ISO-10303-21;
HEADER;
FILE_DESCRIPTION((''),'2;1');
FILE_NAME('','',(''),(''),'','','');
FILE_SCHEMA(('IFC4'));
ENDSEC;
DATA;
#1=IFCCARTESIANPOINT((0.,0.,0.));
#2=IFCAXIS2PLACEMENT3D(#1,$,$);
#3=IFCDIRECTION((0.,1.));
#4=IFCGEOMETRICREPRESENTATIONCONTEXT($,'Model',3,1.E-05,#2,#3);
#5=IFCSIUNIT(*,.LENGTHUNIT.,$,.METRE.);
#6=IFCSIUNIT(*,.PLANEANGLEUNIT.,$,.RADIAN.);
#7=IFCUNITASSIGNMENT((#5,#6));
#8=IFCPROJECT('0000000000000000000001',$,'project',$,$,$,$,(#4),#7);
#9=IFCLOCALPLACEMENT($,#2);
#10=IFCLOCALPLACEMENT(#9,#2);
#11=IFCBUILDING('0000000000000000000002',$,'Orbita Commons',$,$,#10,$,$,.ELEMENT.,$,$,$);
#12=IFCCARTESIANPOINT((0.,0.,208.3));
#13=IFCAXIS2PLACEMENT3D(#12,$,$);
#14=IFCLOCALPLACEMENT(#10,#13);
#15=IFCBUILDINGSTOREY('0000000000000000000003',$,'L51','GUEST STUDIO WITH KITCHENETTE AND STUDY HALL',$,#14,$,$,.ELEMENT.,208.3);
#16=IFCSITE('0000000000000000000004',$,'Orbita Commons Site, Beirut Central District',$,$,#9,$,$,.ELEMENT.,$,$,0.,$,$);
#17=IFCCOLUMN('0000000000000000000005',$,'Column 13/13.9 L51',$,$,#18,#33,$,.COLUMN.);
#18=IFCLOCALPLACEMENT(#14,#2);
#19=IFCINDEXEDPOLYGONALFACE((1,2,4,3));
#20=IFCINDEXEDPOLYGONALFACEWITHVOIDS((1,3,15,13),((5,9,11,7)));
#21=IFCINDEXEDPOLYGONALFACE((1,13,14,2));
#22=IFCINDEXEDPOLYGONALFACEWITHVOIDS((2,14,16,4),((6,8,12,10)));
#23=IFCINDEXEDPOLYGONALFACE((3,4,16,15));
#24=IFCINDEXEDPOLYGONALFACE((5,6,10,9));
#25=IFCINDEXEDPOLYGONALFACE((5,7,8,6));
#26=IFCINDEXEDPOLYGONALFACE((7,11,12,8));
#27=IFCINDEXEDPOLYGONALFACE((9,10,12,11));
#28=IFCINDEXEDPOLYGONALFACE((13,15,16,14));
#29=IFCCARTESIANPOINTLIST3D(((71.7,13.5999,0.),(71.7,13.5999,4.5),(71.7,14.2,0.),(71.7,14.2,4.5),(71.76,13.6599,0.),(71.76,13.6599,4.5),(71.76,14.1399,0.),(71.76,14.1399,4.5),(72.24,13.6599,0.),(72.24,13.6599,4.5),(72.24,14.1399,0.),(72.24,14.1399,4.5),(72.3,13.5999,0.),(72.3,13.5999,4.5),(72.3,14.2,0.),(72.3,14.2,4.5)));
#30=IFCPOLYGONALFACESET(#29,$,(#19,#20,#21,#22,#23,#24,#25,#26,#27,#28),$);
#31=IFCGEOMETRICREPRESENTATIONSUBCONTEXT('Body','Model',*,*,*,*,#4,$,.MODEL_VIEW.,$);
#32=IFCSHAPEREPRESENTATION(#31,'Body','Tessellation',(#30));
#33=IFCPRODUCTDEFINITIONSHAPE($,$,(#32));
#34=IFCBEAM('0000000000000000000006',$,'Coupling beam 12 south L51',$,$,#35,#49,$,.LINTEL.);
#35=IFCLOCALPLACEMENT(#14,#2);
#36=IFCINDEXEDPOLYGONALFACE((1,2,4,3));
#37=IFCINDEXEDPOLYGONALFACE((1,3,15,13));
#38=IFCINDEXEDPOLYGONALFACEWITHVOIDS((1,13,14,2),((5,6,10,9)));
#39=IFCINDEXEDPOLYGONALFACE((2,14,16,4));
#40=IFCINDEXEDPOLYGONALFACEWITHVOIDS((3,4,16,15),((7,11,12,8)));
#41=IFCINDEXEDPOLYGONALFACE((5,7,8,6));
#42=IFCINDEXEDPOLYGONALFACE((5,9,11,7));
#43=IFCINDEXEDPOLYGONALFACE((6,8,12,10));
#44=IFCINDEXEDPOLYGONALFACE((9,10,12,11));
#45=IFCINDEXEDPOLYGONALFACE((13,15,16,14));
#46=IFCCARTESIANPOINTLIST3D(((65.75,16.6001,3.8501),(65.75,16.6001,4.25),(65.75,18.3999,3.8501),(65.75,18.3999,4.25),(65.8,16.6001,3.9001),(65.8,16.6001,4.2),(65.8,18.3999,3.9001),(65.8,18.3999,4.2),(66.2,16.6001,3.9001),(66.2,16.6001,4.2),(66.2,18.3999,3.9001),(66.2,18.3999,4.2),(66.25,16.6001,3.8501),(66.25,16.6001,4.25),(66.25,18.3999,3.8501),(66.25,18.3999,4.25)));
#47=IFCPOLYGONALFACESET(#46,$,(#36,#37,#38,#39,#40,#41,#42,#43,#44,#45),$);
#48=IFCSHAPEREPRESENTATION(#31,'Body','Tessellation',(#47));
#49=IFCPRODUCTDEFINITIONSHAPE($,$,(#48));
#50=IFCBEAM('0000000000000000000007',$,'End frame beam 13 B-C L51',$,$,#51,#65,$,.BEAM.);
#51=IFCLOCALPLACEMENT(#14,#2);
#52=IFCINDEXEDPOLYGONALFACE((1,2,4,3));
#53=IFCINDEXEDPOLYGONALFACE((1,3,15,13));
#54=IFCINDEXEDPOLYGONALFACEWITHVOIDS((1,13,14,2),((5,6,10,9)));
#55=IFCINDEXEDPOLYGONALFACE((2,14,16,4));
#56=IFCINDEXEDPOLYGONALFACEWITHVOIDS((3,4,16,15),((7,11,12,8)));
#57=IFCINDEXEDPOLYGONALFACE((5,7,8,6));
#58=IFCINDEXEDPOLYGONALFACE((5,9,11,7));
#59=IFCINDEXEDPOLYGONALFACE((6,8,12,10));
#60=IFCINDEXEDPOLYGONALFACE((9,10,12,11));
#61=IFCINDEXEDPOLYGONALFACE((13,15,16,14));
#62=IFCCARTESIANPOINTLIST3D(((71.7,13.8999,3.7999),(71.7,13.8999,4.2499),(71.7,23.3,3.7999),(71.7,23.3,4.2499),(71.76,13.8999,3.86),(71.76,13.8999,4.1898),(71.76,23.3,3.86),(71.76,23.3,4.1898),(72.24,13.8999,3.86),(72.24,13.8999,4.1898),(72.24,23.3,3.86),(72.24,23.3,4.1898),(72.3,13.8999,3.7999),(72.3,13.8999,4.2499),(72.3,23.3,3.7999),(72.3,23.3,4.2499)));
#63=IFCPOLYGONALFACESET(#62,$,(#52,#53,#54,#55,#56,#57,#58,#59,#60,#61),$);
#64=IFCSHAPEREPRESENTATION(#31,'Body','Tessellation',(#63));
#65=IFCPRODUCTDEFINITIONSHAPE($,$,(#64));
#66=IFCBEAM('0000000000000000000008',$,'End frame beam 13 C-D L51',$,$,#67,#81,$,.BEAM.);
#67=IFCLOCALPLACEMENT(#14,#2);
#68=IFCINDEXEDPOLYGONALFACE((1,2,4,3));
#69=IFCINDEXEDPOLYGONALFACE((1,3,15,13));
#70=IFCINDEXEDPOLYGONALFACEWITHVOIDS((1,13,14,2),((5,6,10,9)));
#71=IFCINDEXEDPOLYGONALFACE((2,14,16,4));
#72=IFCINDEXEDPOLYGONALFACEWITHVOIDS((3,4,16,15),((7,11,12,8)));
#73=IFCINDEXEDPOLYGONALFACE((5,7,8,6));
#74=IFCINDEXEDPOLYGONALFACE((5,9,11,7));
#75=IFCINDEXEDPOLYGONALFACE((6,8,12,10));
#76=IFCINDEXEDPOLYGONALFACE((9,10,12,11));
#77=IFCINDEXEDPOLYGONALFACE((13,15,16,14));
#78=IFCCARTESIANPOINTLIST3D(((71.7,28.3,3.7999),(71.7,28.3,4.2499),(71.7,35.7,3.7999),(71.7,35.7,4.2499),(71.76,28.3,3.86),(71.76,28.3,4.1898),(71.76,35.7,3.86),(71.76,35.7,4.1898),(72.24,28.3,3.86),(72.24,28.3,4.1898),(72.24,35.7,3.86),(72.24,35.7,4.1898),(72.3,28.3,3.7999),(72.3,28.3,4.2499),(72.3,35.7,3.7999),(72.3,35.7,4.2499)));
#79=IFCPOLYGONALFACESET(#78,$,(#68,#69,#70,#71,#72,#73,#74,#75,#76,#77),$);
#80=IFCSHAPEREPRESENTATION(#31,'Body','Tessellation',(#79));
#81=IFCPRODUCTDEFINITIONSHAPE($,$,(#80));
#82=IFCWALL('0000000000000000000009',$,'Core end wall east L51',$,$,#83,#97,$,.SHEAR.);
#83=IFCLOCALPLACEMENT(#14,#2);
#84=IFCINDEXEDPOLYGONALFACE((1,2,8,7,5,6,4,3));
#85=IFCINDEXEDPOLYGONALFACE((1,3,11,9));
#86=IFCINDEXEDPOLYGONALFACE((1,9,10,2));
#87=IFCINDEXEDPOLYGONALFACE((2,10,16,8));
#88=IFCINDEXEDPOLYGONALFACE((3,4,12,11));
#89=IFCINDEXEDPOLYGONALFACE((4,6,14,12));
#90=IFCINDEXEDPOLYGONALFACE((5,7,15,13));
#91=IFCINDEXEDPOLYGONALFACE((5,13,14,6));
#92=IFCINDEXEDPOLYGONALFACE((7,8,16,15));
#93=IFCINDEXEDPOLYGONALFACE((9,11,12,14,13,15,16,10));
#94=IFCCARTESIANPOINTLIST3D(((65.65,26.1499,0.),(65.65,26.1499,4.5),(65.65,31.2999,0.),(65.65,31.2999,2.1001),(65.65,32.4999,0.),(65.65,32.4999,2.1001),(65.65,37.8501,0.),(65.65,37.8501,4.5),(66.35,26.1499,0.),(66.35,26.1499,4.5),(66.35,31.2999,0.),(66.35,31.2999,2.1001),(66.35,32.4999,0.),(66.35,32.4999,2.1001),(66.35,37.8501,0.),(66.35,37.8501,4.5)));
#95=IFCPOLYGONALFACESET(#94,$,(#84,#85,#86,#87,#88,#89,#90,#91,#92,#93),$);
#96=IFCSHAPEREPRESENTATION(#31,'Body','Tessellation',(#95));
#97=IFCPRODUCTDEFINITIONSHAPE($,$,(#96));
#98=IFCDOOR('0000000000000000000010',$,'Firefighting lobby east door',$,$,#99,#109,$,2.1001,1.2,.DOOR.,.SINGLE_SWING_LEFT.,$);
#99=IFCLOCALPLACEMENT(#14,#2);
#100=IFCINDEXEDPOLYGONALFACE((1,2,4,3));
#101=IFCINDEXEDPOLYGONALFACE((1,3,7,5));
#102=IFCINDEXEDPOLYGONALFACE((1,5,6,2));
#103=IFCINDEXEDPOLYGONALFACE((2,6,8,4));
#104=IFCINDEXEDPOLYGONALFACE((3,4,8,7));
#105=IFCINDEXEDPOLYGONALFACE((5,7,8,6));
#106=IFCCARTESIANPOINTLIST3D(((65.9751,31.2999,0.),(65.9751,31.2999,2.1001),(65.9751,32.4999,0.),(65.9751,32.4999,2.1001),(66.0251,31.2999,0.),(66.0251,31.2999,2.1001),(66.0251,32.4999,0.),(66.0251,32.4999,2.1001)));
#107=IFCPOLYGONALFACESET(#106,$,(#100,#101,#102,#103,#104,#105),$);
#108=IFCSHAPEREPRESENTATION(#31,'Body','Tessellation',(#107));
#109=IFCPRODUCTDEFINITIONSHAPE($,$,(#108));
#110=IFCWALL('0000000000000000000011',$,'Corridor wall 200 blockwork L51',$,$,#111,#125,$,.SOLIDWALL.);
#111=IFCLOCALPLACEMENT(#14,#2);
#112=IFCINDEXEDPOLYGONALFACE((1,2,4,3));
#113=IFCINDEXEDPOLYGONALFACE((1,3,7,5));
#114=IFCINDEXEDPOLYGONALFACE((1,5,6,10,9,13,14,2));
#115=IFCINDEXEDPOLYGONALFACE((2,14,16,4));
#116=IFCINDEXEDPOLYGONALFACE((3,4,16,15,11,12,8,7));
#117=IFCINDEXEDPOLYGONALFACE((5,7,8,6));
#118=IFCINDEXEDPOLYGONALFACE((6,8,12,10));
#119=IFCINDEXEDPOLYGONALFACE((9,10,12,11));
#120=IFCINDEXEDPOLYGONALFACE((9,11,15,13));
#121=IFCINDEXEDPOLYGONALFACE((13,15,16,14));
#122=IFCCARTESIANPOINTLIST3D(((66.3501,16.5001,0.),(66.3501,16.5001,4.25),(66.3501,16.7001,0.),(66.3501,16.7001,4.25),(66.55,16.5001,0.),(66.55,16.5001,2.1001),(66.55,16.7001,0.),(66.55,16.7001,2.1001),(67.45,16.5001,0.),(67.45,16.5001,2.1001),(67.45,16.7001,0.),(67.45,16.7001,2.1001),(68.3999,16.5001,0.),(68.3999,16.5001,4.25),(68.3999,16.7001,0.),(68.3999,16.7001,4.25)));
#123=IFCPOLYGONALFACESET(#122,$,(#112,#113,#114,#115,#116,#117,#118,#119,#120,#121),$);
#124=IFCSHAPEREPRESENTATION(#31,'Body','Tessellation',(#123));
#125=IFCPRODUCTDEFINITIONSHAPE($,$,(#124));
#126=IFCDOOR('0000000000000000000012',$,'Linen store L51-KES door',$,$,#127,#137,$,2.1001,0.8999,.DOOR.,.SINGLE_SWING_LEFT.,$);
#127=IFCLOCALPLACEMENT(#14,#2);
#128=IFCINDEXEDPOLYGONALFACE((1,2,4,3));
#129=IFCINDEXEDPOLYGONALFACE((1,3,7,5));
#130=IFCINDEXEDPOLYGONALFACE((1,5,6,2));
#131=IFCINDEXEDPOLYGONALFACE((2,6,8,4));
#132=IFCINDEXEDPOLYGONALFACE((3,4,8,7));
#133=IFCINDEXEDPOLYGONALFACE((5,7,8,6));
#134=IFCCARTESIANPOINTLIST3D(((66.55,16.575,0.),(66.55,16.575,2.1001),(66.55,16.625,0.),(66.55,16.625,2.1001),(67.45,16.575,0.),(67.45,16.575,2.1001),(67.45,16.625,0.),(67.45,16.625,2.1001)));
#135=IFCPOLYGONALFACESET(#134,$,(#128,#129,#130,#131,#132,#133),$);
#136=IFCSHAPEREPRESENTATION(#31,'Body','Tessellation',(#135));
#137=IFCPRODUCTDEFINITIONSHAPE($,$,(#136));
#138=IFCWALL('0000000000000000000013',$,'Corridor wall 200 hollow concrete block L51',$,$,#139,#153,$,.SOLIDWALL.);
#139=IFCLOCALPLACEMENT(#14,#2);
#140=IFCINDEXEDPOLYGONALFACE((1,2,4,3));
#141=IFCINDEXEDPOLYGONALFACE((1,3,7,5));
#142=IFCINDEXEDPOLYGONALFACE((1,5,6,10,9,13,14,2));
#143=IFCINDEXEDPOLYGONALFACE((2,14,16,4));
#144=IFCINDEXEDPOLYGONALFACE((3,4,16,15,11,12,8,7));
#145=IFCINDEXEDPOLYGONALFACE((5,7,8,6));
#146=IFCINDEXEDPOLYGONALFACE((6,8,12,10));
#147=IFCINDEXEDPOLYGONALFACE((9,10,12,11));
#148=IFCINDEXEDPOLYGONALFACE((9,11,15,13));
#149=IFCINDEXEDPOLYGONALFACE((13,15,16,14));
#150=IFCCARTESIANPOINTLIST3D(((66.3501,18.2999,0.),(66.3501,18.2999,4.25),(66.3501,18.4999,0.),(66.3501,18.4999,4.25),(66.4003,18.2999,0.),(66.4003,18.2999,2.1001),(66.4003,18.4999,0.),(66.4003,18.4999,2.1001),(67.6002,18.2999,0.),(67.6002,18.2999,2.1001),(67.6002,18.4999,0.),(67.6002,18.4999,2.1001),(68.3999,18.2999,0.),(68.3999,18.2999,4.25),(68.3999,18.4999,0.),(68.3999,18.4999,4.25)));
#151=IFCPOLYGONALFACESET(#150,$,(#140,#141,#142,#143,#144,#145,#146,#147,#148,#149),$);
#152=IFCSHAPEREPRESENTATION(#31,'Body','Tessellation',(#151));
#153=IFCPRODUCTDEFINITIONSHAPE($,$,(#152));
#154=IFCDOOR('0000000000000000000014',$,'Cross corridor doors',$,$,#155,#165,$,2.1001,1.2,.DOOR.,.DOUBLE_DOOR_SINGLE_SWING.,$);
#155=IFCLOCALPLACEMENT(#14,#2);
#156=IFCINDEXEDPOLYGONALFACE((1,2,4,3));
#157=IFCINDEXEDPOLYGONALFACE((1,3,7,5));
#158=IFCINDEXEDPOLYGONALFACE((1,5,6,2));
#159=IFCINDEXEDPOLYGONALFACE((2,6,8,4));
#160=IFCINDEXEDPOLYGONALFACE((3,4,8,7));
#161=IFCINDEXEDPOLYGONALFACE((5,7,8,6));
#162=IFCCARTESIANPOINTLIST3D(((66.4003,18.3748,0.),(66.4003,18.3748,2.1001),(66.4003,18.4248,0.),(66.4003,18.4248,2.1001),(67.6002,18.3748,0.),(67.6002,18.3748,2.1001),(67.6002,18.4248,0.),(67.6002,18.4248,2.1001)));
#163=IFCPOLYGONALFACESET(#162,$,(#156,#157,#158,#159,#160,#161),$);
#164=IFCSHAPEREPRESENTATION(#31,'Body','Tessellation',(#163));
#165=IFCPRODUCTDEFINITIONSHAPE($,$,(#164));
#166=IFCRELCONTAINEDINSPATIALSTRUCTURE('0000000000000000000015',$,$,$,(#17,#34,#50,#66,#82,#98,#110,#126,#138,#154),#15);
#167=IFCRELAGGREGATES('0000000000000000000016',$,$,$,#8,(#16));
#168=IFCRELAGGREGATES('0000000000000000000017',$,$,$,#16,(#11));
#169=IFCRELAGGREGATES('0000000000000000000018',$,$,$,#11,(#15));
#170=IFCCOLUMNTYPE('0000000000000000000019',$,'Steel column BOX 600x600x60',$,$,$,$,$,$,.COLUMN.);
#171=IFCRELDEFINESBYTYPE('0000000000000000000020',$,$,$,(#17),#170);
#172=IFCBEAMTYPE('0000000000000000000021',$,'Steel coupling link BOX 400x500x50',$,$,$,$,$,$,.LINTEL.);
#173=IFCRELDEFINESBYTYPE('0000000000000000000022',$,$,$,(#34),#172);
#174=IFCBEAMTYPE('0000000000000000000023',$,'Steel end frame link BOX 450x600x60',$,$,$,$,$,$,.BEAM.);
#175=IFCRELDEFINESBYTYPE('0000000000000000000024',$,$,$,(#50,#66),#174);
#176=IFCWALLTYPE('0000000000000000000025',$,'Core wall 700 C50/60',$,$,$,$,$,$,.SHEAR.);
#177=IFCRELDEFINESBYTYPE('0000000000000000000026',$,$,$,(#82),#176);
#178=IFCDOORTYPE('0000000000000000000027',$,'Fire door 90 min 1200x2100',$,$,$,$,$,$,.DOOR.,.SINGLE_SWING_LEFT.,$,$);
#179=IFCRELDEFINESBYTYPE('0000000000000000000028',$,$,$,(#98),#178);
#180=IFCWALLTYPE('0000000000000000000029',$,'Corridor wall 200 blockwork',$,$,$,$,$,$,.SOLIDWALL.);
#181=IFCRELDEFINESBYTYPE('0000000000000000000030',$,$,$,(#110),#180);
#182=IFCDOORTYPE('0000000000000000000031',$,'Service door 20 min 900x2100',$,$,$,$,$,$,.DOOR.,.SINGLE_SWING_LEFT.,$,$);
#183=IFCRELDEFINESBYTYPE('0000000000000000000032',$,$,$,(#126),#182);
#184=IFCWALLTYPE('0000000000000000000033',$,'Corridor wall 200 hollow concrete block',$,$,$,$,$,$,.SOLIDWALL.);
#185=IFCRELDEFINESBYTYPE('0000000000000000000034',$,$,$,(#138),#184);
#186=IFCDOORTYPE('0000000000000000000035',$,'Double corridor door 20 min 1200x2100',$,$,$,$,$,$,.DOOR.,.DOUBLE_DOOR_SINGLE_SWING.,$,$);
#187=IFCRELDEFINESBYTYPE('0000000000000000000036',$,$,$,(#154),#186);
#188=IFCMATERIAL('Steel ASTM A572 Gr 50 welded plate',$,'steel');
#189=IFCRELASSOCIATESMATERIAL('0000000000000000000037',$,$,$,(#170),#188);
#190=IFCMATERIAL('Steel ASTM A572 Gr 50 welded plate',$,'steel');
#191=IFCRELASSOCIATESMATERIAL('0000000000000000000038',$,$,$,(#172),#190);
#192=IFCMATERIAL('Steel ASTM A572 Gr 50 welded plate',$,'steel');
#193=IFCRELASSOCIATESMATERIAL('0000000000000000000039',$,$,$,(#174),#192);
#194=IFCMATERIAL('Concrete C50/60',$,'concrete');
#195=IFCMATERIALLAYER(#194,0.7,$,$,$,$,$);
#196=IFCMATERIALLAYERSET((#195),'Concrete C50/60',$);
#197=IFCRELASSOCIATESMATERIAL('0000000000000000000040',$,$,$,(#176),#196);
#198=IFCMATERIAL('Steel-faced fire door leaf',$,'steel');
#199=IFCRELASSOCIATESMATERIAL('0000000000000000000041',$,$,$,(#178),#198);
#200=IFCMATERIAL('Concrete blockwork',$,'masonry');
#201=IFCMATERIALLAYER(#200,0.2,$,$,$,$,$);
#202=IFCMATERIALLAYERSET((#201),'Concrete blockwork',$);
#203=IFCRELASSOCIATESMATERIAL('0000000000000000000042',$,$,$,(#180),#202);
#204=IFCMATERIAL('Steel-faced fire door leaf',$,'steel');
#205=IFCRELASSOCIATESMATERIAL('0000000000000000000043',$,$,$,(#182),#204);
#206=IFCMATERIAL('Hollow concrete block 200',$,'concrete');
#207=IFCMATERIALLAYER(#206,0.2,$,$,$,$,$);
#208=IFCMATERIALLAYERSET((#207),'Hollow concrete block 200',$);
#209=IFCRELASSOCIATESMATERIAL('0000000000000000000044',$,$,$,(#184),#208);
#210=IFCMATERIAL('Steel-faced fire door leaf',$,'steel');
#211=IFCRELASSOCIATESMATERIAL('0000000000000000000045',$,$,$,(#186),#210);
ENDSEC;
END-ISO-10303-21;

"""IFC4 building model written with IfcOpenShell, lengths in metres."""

from ifc_helpers import new_model, si_unit, direction, frame, frame_2d, origin, origin_2d, place, context, subcontext, project, spatial, rectangle, hollow_rectangle, extrude, material, layer, layer_set, material_profile, profile_set, type_object, element, fill, save


model = new_model("IFC4")

# Units and contexts
model_context = context("Model", 3, precision=1e-05, world=origin(), true_north=direction((0.0, 1.0)))
body_context = subcontext(model_context, "Body", "Model", "MODEL_VIEW")
ifc_project = project(units=[si_unit("LENGTHUNIT", "METRE"), si_unit("PLANEANGLEUNIT", "RADIAN")], contexts=[model_context])

# Site, building, storey
site_placement = place(None, origin())
site = spatial("IfcSite", under=ifc_project, at=site_placement, Name="Orbita Commons Site, Beirut Central District", CompositionType="ELEMENT", RefElevation=0.0)
building_placement = place(site_placement, origin())
building = spatial("IfcBuilding", under=site, at=building_placement, Name="Orbita Commons", CompositionType="ELEMENT")
storey_placement = place(building_placement, frame((0.0, 0.0, 208.3)))
storey = spatial("IfcBuildingStorey", under=building, at=storey_placement, Name="L51", Description="GUEST STUDIO WITH KITCHENETTE AND STUDY HALL", CompositionType="ELEMENT", Elevation=208.3)

# Column
ifc_material_1 = material(Name="Steel ASTM A572 Gr 50 welded plate", Category="steel")
ifc_material_profile_1 = material_profile(ifc_material_1, hollow_rectangle(XDim=0.6001, YDim=0.6001, WallThickness=0.0601, at=origin_2d()), Name="BOX 600x600x60")
ifc_profile_set_1 = profile_set([ifc_material_profile_1], Name="Steel ASTM A572 Gr 50 welded plate")
column_type = type_object("IfcColumnType", Name="Steel column BOX 600x600x60", PredefinedType="COLUMN", material=ifc_profile_set_1)
column_placement = place(storey_placement, frame((72.0, 13.8999, 0.0), z_axis=(0.0, 0.0, 1.0), x_axis=(1.0, 0.0, 0.0)))
element("IfcColumn", 1, at=column_placement, inside=storey, type_object=column_type, Name="Column 13/13.9 L51", PredefinedType="COLUMN", context=body_context, shape_type="SweptSolid", body=[
    extrude(hollow_rectangle(XDim=0.6001, YDim=0.6001, WallThickness=0.0601, at=origin_2d()), origin(), (0.0, 0.0, 1.0), 4.5),
])

# Beams
ifc_material_2 = material(Name="Steel ASTM A572 Gr 50 welded plate", Category="steel")
ifc_material_profile_2 = material_profile(ifc_material_2, hollow_rectangle(XDim=0.5, YDim=0.3999, WallThickness=0.05, at=origin_2d()), Name="BOX 400x500x50")
ifc_profile_set_2 = profile_set([ifc_material_profile_2], Name="Steel ASTM A572 Gr 50 welded plate")
beam_type_1 = type_object("IfcBeamType", Name="Steel coupling link BOX 400x500x50", PredefinedType="LINTEL", material=ifc_profile_set_2)
beam_1_placement = place(storey_placement, frame((66.0, 16.6001, 4.05), z_axis=(0.0, 1.0, 0.0), x_axis=(-1.0, 0.0, 0.0)))
element("IfcBeam", 2, at=beam_1_placement, inside=storey, type_object=beam_type_1, Name="Coupling beam 12 south L51", PredefinedType="LINTEL", context=body_context, shape_type="SweptSolid", body=[
    extrude(hollow_rectangle(XDim=0.5, YDim=0.3999, WallThickness=0.05, at=origin_2d()), origin(), (0.0, 0.0, 1.0), 1.7998),
])
ifc_material_3 = material(Name="Steel ASTM A572 Gr 50 welded plate", Category="steel")
ifc_material_profile_3 = material_profile(ifc_material_3, hollow_rectangle(XDim=0.6001, YDim=0.45, WallThickness=0.0601, at=origin_2d()), Name="BOX 450x600x60")
ifc_profile_set_3 = profile_set([ifc_material_profile_3], Name="Steel ASTM A572 Gr 50 welded plate")
beam_type_2 = type_object("IfcBeamType", Name="Steel end frame link BOX 450x600x60", PredefinedType="BEAM", material=ifc_profile_set_3)
beam_2_placement = place(storey_placement, frame((72.0, 13.8999, 4.0249), z_axis=(0.0, 1.0, 0.0), x_axis=(-1.0, 0.0, 0.0)))
element("IfcBeam", 3, at=beam_2_placement, inside=storey, type_object=beam_type_2, Name="End frame beam 13 B-C L51", PredefinedType="BEAM", context=body_context, shape_type="SweptSolid", body=[
    extrude(hollow_rectangle(XDim=0.6001, YDim=0.45, WallThickness=0.0601, at=origin_2d()), origin(), (0.0, 0.0, 1.0), 9.4001),
])
beam_3_placement = place(storey_placement, frame((72.0, 28.3, 4.0249), z_axis=(0.0, 1.0, 0.0), x_axis=(-1.0, 0.0, 0.0)))
element("IfcBeam", 4, at=beam_3_placement, inside=storey, type_object=beam_type_2, Name="End frame beam 13 C-D L51", PredefinedType="BEAM", context=body_context, shape_type="SweptSolid", body=[
    extrude(hollow_rectangle(XDim=0.6001, YDim=0.45, WallThickness=0.0601, at=origin_2d()), origin(), (0.0, 0.0, 1.0), 7.3999),
])

# Walls, openings, doors
ifc_material_4 = material(Name="Concrete C50/60", Category="concrete")
ifc_layer_1 = layer(ifc_material_4, 0.7)
ifc_layer_set_1 = layer_set([ifc_layer_1], Name="Concrete C50/60")
wall_type_1 = type_object("IfcWallType", Name="Core wall 700 C50/60", PredefinedType="SHEAR", material=ifc_layer_set_1)
wall_1_placement = place(storey_placement, frame((66.0, 26.1499, 0.0), z_axis=(0.0, 0.0, 1.0), x_axis=(0.0, 1.0, 0.0)))
wall_1 = element("IfcWall", 5, at=wall_1_placement, inside=storey, type_object=wall_type_1, Name="Core end wall east L51", PredefinedType="SHEAR", context=body_context, shape_type="SweptSolid", body=[
    extrude(rectangle(XDim=11.7002, YDim=0.7, at=frame_2d((5.8501, 0.0))), origin(), (0.0, 0.0, 1.0), 4.5),
])
opening_1_placement = place(wall_1_placement, frame((5.1499, 0.0, 0.0)))
opening_1 = element("IfcOpeningElement", 6, at=opening_1_placement, cuts=wall_1, PredefinedType="OPENING", context=body_context, shape_type="SweptSolid", body=[
    extrude(rectangle(XDim=1.2, YDim=2.1001, at=frame_2d((0.6001, 1.05))), frame((0.0, 0.3599, 0.0), z_axis=(0.0, -1.0, 0.0), x_axis=(1.0, 0.0, 0.0)), (0.0, 0.0, 1.0), 0.72),
])
ifc_material_5 = material(Name="Steel-faced fire door leaf", Category="steel")
door_type_1 = type_object("IfcDoorType", Name="Fire door 90 min 1200x2100", OperationType="SINGLE_SWING_LEFT", PredefinedType="DOOR", material=ifc_material_5)
door_1_placement = place(opening_1_placement, origin())
door_1 = element("IfcDoor", 7, at=door_1_placement, inside=storey, type_object=door_type_1, Name="Firefighting lobby east door", OperationType="SINGLE_SWING_LEFT", OverallHeight=2.1001, OverallWidth=1.2, PredefinedType="DOOR", context=body_context, shape_type="SweptSolid", body=[
    extrude(rectangle(XDim=1.2, YDim=2.1001, at=frame_2d((0.6001, 1.05))), frame((0.0, 0.0249, 0.0), z_axis=(0.0, -1.0, 0.0), x_axis=(1.0, 0.0, 0.0)), (0.0, 0.0, 1.0), 0.05),
])
fill(opening_1, door_1)
ifc_material_6 = material(Name="Concrete blockwork", Category="masonry")
ifc_layer_2 = layer(ifc_material_6, 0.2)
ifc_layer_set_2 = layer_set([ifc_layer_2], Name="Concrete blockwork")
wall_type_2 = type_object("IfcWallType", Name="Corridor wall 200 blockwork", PredefinedType="SOLIDWALL", material=ifc_layer_set_2)
wall_2_placement = place(storey_placement, frame((66.3501, 16.6001, 0.0), z_axis=(0.0, 0.0, 1.0), x_axis=(1.0, 0.0, 0.0)))
wall_2 = element("IfcWall", 8, at=wall_2_placement, inside=storey, type_object=wall_type_2, Name="Corridor wall 200 blockwork L51", PredefinedType="SOLIDWALL", context=body_context, shape_type="SweptSolid", body=[
    extrude(rectangle(XDim=2.0498, YDim=0.2, at=frame_2d((1.0249, 0.0))), origin(), (0.0, 0.0, 1.0), 4.25),
])
opening_2_placement = place(wall_2_placement, frame((0.2, 0.0, 0.0)))
opening_2 = element("IfcOpeningElement", 9, at=opening_2_placement, cuts=wall_2, PredefinedType="OPENING", context=body_context, shape_type="SweptSolid", body=[
    extrude(rectangle(XDim=0.8999, YDim=2.1001, at=frame_2d((0.45, 1.05))), frame((0.0, 0.1099, 0.0), z_axis=(0.0, -1.0, 0.0), x_axis=(1.0, 0.0, 0.0)), (0.0, 0.0, 1.0), 0.22),
])
ifc_material_7 = material(Name="Steel-faced fire door leaf", Category="steel")
door_type_2 = type_object("IfcDoorType", Name="Service door 20 min 900x2100", OperationType="SINGLE_SWING_LEFT", PredefinedType="DOOR", material=ifc_material_7)
door_2_placement = place(opening_2_placement, origin())
door_2 = element("IfcDoor", 10, at=door_2_placement, inside=storey, type_object=door_type_2, Name="Linen store L51-KES door", OperationType="SINGLE_SWING_LEFT", OverallHeight=2.1001, OverallWidth=0.8999, PredefinedType="DOOR", context=body_context, shape_type="SweptSolid", body=[
    extrude(rectangle(XDim=0.8999, YDim=2.1001, at=frame_2d((0.45, 1.05))), frame((0.0, 0.0249, 0.0), z_axis=(0.0, -1.0, 0.0), x_axis=(1.0, 0.0, 0.0)), (0.0, 0.0, 1.0), 0.05),
])
fill(opening_2, door_2)
ifc_material_8 = material(Name="Hollow concrete block 200", Category="concrete")
ifc_layer_3 = layer(ifc_material_8, 0.2)
ifc_layer_set_3 = layer_set([ifc_layer_3], Name="Hollow concrete block 200")
wall_type_3 = type_object("IfcWallType", Name="Corridor wall 200 hollow concrete block", PredefinedType="SOLIDWALL", material=ifc_layer_set_3)
wall_3_placement = place(storey_placement, frame((66.3501, 18.3999, 0.0), z_axis=(0.0, 0.0, 1.0), x_axis=(1.0, 0.0, 0.0)))
wall_3 = element("IfcWall", 11, at=wall_3_placement, inside=storey, type_object=wall_type_3, Name="Corridor wall 200 hollow concrete block L51", PredefinedType="SOLIDWALL", context=body_context, shape_type="SweptSolid", body=[
    extrude(rectangle(XDim=2.0498, YDim=0.2, at=frame_2d((1.0249, 0.0))), origin(), (0.0, 0.0, 1.0), 4.25),
])
opening_3_placement = place(wall_3_placement, frame((0.05, 0.0, 0.0)))
opening_3 = element("IfcOpeningElement", 12, at=opening_3_placement, cuts=wall_3, PredefinedType="OPENING", context=body_context, shape_type="SweptSolid", body=[
    extrude(rectangle(XDim=1.2, YDim=2.1001, at=frame_2d((0.6001, 1.05))), frame((0.0, 0.1099, 0.0), z_axis=(0.0, -1.0, 0.0), x_axis=(1.0, 0.0, 0.0)), (0.0, 0.0, 1.0), 0.22),
])
ifc_material_9 = material(Name="Steel-faced fire door leaf", Category="steel")
door_type_3 = type_object("IfcDoorType", Name="Double corridor door 20 min 1200x2100", OperationType="DOUBLE_DOOR_SINGLE_SWING", PredefinedType="DOOR", material=ifc_material_9)
door_3_placement = place(opening_3_placement, origin())
door_3 = element("IfcDoor", 13, at=door_3_placement, inside=storey, type_object=door_type_3, Name="Cross corridor doors", OperationType="DOUBLE_DOOR_SINGLE_SWING", OverallHeight=2.1001, OverallWidth=1.2, PredefinedType="DOOR", context=body_context, shape_type="SweptSolid", body=[
    extrude(rectangle(XDim=1.2, YDim=2.1001, at=frame_2d((0.6001, 1.05))), frame((0.0, 0.0249, 0.0), z_axis=(0.0, -1.0, 0.0), x_axis=(1.0, 0.0, 0.0)), (0.0, 0.0, 1.0), 0.05),
])
fill(opening_3, door_3)

save(model, "model.ifc")
